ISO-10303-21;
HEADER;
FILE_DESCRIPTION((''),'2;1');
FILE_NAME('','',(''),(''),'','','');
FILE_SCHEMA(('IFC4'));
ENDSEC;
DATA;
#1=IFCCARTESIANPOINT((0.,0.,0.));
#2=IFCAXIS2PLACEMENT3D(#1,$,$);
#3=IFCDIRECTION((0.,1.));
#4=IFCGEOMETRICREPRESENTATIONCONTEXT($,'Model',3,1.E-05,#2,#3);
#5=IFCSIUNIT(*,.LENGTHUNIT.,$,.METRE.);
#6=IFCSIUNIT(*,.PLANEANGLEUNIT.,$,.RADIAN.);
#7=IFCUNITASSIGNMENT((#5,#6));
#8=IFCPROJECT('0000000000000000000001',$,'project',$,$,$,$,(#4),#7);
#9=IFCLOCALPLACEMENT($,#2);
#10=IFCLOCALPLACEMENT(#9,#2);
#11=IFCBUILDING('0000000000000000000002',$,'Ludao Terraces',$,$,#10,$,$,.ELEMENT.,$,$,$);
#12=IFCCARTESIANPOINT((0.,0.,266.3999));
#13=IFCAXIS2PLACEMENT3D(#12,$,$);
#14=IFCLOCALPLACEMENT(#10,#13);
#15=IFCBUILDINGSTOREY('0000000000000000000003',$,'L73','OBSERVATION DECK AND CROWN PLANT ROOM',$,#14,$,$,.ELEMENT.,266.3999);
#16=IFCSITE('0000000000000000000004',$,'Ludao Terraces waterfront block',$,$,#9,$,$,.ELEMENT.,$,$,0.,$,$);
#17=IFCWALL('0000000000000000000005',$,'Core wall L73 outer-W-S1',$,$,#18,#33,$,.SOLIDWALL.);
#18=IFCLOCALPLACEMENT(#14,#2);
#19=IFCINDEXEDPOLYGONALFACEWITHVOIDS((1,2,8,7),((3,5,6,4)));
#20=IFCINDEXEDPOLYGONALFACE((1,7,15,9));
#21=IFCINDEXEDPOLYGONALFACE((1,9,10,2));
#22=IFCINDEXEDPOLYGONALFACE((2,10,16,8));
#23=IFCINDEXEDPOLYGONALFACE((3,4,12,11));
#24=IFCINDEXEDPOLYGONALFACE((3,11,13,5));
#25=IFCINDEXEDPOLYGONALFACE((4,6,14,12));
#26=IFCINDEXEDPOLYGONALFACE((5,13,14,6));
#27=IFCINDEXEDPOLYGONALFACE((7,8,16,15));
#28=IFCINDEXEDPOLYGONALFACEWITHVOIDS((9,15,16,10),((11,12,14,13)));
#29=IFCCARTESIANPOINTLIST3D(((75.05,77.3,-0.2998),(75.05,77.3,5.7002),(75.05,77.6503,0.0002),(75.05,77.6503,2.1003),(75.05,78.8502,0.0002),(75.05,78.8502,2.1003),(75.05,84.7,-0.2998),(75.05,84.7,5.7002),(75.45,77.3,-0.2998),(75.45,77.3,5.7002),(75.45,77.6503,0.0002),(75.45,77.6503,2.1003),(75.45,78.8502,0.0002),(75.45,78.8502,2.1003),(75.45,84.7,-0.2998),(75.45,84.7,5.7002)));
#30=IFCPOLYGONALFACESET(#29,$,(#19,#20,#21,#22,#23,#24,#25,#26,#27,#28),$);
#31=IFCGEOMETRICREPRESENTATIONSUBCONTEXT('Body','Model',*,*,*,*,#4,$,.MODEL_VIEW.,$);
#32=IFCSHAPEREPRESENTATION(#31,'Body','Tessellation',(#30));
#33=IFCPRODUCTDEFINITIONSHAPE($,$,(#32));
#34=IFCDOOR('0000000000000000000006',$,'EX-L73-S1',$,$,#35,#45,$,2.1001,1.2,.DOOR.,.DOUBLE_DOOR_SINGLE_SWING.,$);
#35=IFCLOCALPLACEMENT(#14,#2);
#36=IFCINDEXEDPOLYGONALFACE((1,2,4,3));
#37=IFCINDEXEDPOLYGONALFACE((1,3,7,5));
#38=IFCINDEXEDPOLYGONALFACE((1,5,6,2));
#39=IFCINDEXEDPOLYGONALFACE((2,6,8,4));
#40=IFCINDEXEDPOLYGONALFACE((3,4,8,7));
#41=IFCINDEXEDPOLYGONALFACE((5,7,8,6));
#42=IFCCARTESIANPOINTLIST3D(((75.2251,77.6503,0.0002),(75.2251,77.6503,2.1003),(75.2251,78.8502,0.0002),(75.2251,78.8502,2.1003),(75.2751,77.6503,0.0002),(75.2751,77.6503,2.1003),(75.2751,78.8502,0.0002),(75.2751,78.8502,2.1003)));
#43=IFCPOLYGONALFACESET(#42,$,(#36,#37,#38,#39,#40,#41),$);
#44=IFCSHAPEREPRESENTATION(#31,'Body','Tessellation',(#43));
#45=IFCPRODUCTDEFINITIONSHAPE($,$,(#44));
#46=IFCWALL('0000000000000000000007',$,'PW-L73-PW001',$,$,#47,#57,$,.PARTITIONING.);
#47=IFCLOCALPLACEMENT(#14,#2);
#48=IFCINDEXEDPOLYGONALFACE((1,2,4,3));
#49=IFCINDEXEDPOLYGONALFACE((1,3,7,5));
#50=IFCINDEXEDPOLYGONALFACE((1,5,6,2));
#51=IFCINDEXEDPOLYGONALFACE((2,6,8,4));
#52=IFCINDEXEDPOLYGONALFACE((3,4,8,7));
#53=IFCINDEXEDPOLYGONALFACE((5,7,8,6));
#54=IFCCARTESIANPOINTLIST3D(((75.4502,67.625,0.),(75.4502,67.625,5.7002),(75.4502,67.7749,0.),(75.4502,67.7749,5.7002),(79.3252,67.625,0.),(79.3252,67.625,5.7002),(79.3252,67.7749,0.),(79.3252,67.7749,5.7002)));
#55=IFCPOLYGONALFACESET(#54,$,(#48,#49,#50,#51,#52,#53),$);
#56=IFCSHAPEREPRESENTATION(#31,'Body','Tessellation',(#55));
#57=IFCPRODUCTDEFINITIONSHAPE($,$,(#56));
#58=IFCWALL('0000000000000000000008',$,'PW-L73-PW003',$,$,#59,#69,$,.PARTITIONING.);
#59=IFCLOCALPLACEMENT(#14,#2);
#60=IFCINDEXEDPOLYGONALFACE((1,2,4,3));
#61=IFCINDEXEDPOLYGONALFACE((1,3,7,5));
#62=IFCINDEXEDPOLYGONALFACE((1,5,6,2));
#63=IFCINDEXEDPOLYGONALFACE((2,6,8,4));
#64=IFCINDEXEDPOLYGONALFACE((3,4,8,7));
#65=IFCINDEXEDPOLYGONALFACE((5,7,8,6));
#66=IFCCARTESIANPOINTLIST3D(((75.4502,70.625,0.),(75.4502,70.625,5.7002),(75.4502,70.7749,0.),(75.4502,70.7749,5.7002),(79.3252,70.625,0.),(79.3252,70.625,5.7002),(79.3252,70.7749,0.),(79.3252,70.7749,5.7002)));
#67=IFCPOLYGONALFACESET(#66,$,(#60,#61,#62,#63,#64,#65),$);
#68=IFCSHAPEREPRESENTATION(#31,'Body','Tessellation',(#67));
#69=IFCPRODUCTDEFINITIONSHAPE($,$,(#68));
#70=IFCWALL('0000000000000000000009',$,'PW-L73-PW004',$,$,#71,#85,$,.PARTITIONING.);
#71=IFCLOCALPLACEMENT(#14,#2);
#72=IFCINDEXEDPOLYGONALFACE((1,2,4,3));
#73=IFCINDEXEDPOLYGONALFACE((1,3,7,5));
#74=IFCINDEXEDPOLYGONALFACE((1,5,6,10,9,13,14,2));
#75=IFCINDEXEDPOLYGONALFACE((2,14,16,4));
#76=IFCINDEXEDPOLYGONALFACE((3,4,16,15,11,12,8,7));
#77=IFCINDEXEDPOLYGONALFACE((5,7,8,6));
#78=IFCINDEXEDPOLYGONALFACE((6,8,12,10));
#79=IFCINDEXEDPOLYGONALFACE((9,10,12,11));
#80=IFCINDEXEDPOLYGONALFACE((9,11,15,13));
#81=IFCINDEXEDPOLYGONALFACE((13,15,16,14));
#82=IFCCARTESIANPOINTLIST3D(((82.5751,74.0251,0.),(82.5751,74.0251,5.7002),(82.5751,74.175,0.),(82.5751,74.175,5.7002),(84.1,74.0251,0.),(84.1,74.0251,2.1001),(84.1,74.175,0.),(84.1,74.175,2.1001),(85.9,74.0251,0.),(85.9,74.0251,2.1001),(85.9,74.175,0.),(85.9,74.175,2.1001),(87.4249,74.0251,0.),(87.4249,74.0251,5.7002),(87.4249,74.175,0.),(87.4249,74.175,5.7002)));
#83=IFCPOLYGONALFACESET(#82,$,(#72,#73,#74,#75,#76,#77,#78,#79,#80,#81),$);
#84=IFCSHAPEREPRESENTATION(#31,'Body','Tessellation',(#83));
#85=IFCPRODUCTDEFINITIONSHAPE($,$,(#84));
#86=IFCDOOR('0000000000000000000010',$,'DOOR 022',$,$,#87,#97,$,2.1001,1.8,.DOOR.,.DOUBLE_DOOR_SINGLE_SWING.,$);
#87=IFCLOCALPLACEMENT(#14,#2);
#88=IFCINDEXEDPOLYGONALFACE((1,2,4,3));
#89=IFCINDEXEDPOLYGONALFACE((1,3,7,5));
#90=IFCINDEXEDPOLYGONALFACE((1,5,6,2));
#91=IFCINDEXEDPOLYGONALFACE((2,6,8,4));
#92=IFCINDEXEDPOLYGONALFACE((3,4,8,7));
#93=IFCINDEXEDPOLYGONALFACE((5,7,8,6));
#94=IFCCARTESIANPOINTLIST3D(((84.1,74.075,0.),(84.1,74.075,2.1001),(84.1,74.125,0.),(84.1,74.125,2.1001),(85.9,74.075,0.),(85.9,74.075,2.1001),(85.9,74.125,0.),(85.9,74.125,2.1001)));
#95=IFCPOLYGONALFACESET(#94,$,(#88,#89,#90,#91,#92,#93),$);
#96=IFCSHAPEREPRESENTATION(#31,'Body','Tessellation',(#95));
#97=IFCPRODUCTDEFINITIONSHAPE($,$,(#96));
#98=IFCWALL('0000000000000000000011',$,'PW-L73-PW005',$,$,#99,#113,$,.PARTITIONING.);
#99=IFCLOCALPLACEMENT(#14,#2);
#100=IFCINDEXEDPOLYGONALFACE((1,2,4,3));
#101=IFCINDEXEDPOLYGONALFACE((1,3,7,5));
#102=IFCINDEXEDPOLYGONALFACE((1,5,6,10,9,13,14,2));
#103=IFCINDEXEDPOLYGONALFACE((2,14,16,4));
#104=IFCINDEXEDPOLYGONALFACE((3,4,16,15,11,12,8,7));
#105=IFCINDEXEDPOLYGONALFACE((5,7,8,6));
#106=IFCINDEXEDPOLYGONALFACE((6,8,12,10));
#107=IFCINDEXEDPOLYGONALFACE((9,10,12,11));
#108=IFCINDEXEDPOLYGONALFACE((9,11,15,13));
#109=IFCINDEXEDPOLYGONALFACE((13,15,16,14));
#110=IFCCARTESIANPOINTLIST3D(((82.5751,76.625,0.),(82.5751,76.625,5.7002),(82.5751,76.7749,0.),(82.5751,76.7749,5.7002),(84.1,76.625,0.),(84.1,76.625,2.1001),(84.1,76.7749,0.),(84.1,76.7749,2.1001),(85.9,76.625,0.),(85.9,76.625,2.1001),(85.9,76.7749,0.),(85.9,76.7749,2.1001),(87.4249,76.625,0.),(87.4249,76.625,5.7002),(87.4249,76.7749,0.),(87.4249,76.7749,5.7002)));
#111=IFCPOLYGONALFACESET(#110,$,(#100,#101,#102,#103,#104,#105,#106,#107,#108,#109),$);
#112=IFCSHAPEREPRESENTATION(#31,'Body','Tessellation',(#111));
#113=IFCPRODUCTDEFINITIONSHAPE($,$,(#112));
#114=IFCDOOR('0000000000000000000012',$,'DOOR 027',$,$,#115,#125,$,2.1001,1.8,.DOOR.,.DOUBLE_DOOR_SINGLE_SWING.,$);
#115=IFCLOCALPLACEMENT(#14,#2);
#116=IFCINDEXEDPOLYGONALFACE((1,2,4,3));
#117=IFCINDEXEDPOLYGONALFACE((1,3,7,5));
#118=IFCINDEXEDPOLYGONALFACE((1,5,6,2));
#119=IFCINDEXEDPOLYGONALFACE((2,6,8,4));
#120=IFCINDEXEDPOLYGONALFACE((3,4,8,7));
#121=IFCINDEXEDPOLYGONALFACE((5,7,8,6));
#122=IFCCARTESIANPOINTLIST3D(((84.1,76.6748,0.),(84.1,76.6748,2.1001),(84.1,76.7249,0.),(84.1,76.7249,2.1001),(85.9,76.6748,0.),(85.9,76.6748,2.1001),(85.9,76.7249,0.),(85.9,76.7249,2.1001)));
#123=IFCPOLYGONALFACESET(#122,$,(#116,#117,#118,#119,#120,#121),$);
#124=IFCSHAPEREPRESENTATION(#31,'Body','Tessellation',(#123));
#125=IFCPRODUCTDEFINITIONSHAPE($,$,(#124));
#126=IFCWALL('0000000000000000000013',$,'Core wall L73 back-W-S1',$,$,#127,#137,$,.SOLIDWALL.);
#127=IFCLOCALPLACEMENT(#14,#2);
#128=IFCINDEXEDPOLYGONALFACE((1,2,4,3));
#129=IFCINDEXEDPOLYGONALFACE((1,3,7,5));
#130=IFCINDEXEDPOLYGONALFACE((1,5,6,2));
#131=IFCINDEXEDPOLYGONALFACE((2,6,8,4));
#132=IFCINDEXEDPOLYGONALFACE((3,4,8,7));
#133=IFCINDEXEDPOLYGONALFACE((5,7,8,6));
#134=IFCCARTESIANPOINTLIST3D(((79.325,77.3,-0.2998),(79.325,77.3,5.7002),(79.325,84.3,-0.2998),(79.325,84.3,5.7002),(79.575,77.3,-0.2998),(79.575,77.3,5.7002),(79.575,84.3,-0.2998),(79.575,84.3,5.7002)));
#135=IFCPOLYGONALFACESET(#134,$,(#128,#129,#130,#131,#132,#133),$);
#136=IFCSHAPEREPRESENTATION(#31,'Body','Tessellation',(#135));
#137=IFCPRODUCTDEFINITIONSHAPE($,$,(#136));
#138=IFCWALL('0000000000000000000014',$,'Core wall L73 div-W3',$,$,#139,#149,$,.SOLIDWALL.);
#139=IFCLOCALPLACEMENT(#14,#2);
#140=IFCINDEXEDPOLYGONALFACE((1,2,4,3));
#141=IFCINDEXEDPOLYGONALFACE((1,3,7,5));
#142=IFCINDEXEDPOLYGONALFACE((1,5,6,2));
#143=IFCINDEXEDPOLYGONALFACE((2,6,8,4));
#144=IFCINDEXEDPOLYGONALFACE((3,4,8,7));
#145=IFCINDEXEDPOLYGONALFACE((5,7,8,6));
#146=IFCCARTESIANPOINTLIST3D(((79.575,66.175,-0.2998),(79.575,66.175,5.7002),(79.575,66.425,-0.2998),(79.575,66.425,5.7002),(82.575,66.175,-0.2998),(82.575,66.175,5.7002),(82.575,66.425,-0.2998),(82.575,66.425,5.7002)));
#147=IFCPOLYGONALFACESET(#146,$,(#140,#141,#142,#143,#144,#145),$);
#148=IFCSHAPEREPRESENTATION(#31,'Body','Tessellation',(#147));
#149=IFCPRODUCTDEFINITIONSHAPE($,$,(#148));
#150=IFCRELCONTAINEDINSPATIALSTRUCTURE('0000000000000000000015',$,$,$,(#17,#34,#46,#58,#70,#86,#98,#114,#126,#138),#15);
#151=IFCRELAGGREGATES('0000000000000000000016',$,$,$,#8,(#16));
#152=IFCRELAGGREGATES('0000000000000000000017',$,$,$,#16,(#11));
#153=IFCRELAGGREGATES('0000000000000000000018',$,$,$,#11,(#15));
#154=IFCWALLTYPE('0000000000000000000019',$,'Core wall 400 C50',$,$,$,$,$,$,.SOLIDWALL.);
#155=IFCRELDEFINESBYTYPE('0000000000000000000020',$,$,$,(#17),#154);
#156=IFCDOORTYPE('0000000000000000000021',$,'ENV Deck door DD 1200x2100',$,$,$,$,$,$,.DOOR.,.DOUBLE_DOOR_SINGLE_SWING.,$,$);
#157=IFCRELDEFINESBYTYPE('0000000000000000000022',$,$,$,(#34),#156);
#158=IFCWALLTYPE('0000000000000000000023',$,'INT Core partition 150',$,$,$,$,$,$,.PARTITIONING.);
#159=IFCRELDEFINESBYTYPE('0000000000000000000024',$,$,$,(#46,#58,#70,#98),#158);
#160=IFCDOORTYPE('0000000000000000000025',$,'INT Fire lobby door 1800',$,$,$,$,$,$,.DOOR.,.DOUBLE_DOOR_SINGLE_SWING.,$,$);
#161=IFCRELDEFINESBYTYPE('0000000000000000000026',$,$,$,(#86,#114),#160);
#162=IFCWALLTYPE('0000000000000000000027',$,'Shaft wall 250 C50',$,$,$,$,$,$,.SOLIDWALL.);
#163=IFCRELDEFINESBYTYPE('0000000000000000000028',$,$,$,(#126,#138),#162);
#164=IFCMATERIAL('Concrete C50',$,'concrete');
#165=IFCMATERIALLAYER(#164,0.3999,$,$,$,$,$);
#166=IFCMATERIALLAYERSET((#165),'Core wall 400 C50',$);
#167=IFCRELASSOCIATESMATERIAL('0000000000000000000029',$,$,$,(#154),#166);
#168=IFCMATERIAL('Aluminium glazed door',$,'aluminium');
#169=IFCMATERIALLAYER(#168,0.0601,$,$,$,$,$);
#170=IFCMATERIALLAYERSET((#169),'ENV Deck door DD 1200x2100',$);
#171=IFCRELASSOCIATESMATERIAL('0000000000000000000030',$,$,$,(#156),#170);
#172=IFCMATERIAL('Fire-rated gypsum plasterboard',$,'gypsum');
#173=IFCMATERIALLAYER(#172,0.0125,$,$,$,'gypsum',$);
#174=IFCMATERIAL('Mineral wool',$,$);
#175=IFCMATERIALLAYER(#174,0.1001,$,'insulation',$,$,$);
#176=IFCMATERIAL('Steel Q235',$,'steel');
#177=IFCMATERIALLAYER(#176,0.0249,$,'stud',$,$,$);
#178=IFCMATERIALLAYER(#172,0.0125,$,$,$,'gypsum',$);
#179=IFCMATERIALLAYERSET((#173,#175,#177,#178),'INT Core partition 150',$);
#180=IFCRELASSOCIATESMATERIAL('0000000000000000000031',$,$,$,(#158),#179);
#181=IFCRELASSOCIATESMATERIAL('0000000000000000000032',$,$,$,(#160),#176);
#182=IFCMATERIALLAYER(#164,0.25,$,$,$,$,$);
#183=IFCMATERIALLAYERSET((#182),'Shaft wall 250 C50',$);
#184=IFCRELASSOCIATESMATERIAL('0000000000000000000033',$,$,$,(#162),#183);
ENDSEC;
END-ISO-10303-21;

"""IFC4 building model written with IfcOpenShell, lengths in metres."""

from ifc_helpers import new_model, si_unit, direction, frame, frame_2d, origin, place, context, subcontext, project, spatial, rectangle, extrude, material, layer, layer_set, type_object, element, fill, save


model = new_model("IFC4")

# Units and contexts
model_context = context("Model", 3, precision=1e-05, world=origin(), true_north=direction((0.0, 1.0)))
body_context = subcontext(model_context, "Body", "Model", "MODEL_VIEW")
ifc_project = project(units=[si_unit("LENGTHUNIT", "METRE"), si_unit("PLANEANGLEUNIT", "RADIAN")], contexts=[model_context])

# Site, building, storey
site_placement = place(None, origin())
site = spatial("IfcSite", under=ifc_project, at=site_placement, Name="Ludao Terraces waterfront block", CompositionType="ELEMENT", RefElevation=0.0)
building_placement = place(site_placement, origin())
building = spatial("IfcBuilding", under=site, at=building_placement, Name="Ludao Terraces", CompositionType="ELEMENT")
storey_placement = place(building_placement, frame((0.0, 0.0, 266.3999)))
storey = spatial("IfcBuildingStorey", under=building, at=storey_placement, Name="L73", Description="OBSERVATION DECK AND CROWN PLANT ROOM", CompositionType="ELEMENT", Elevation=266.3999)

# Wall, opening, door
ifc_material_1 = material(Name="Concrete C50", Category="concrete")
ifc_layer_1 = layer(ifc_material_1, 0.3999)
ifc_layer_set_1 = layer_set([ifc_layer_1], Name="Core wall 400 C50")
wall_type_1 = type_object("IfcWallType", Name="Core wall 400 C50", PredefinedType="SOLIDWALL", material=ifc_layer_set_1)
wall_1_placement = place(storey_placement, frame((75.25, 77.3, -0.2998), z_axis=(0.0, 0.0, 1.0), x_axis=(0.0, 1.0, 0.0)))
wall_1 = element("IfcWall", 1, at=wall_1_placement, inside=storey, type_object=wall_type_1, Name="Core wall L73 outer-W-S1", PredefinedType="SOLIDWALL", context=body_context, shape_type="SweptSolid", body=[
    extrude(rectangle(XDim=7.3999, YDim=0.3999, at=frame_2d((3.7, 0.0))), origin(), (0.0, 0.0, 1.0), 6.0),
])
opening_1_placement = place(wall_1_placement, frame((0.3501, 0.0, 0.3)))
opening_1 = element("IfcOpeningElement", 2, at=opening_1_placement, cuts=wall_1, PredefinedType="OPENING", context=body_context, shape_type="SweptSolid", body=[
    extrude(rectangle(XDim=1.2, YDim=2.1001, at=frame_2d((0.6001, 1.05))), frame((0.0, 0.21, 0.0), z_axis=(0.0, -1.0, 0.0), x_axis=(1.0, 0.0, 0.0)), (0.0, 0.0, 1.0), 0.4199),
])
ifc_material_2 = material(Name="Aluminium glazed door", Category="aluminium")
ifc_layer_2 = layer(ifc_material_2, 0.0601)
ifc_layer_set_2 = layer_set([ifc_layer_2], Name="ENV Deck door DD 1200x2100")
door_type_1 = type_object("IfcDoorType", Name="ENV Deck door DD 1200x2100", OperationType="DOUBLE_DOOR_SINGLE_SWING", PredefinedType="DOOR", material=ifc_layer_set_2)
door_1_placement = place(opening_1_placement, origin())
door_1 = element("IfcDoor", 3, at=door_1_placement, inside=storey, type_object=door_type_1, Name="EX-L73-S1", OperationType="DOUBLE_DOOR_SINGLE_SWING", OverallHeight=2.1001, OverallWidth=1.2, PredefinedType="DOOR", context=body_context, shape_type="SweptSolid", body=[
    extrude(rectangle(XDim=1.2, YDim=2.1001, at=frame_2d((0.6001, 1.05))), frame((0.0, 0.0249, 0.0), z_axis=(0.0, -1.0, 0.0), x_axis=(1.0, 0.0, 0.0)), (0.0, 0.0, 1.0), 0.05),
])
fill(opening_1, door_1)

# Walls
ifc_material_3 = material(Name="Fire-rated gypsum plasterboard", Category="gypsum")
ifc_layer_3 = layer(ifc_material_3, 0.0125, Category="gypsum")
ifc_material_4 = material(Name="Mineral wool")
ifc_layer_4 = layer(ifc_material_4, 0.1001, Name="insulation")
ifc_material_5 = material(Name="Steel Q235", Category="steel")
ifc_layer_5 = layer(ifc_material_5, 0.0249, Name="stud")
ifc_layer_6 = layer(ifc_material_3, 0.0125, Category="gypsum")
ifc_layer_set_3 = layer_set([ifc_layer_3, ifc_layer_4, ifc_layer_5, ifc_layer_6], Name="INT Core partition 150")
wall_type_2 = type_object("IfcWallType", Name="INT Core partition 150", PredefinedType="PARTITIONING", material=ifc_layer_set_3)
for number, where, z_axis, x_axis, name in (
    (4, (75.4502, 67.7, 0.0), (0.0, 0.0, 1.0), (1.0, 0.0, 0.0), "PW-L73-PW001"),
    (5, (75.4502, 70.7, 0.0), (0.0, 0.0, 1.0), (1.0, 0.0, 0.0), "PW-L73-PW003"),
):
    element("IfcWall", number, at=place(storey_placement, frame(where, z_axis=z_axis, x_axis=x_axis)), inside=storey, type_object=wall_type_2, Name=name, PredefinedType="PARTITIONING", context=body_context, shape_type="SweptSolid", body=[
        extrude(rectangle(XDim=3.875, YDim=0.1499, at=frame_2d((1.9375, 0.0))), origin(), (0.0, 0.0, 1.0), 5.7002),
    ])

# Walls, openings, doors
wall_2_placement = place(storey_placement, frame((82.5752, 74.1001, 0.0), z_axis=(0.0, 0.0, 1.0), x_axis=(1.0, 0.0, 0.0)))
wall_2 = element("IfcWall", 6, at=wall_2_placement, inside=storey, type_object=wall_type_2, Name="PW-L73-PW004", PredefinedType="PARTITIONING", context=body_context, shape_type="SweptSolid", body=[
    extrude(rectangle(XDim=4.8499, YDim=0.1499, at=frame_2d((2.4248, 0.0))), origin(), (0.0, 0.0, 1.0), 5.7002),
])
opening_2_placement = place(wall_2_placement, frame((1.5249, 0.0, 0.0)))
opening_2 = element("IfcOpeningElement", 7, at=opening_2_placement, cuts=wall_2, PredefinedType="OPENING", context=body_context, shape_type="SweptSolid", body=[
    extrude(rectangle(XDim=1.8, YDim=2.1001, at=frame_2d((0.8999, 1.05))), frame((0.0, 0.085, 0.0), z_axis=(0.0, -1.0, 0.0), x_axis=(1.0, 0.0, 0.0)), (0.0, 0.0, 1.0), 0.1699),
])
door_type_2 = type_object("IfcDoorType", Name="INT Fire lobby door 1800", OperationType="DOUBLE_DOOR_SINGLE_SWING", PredefinedType="DOOR", material=ifc_material_5)
door_2_placement = place(opening_2_placement, origin())
door_2 = element("IfcDoor", 8, at=door_2_placement, inside=storey, type_object=door_type_2, Name="DOOR 022", OperationType="DOUBLE_DOOR_SINGLE_SWING", OverallHeight=2.1001, OverallWidth=1.8, PredefinedType="DOOR", context=body_context, shape_type="SweptSolid", body=[
    extrude(rectangle(XDim=1.8, YDim=2.1001, at=frame_2d((0.8999, 1.05))), frame((0.0, 0.0249, 0.0), z_axis=(0.0, -1.0, 0.0), x_axis=(1.0, 0.0, 0.0)), (0.0, 0.0, 1.0), 0.05),
])
fill(opening_2, door_2)
wall_3_placement = place(storey_placement, frame((82.5752, 76.7, 0.0), z_axis=(0.0, 0.0, 1.0), x_axis=(1.0, 0.0, 0.0)))
wall_3 = element("IfcWall", 9, at=wall_3_placement, inside=storey, type_object=wall_type_2, Name="PW-L73-PW005", PredefinedType="PARTITIONING", context=body_context, shape_type="SweptSolid", body=[
    extrude(rectangle(XDim=4.8499, YDim=0.1499, at=frame_2d((2.4248, 0.0))), origin(), (0.0, 0.0, 1.0), 5.7002),
])
opening_3_placement = place(wall_3_placement, frame((1.5249, 0.0, 0.0)))
opening_3 = element("IfcOpeningElement", 10, at=opening_3_placement, cuts=wall_3, PredefinedType="OPENING", context=body_context, shape_type="SweptSolid", body=[
    extrude(rectangle(XDim=1.8, YDim=2.1001, at=frame_2d((0.8999, 1.05))), frame((0.0, 0.085, 0.0), z_axis=(0.0, -1.0, 0.0), x_axis=(1.0, 0.0, 0.0)), (0.0, 0.0, 1.0), 0.1699),
])
door_3_placement = place(opening_3_placement, origin())
door_3 = element("IfcDoor", 11, at=door_3_placement, inside=storey, type_object=door_type_2, Name="DOOR 027", OperationType="DOUBLE_DOOR_SINGLE_SWING", OverallHeight=2.1001, OverallWidth=1.8, PredefinedType="DOOR", context=body_context, shape_type="SweptSolid", body=[
    extrude(rectangle(XDim=1.8, YDim=2.1001, at=frame_2d((0.8999, 1.05))), frame((0.0, 0.0249, 0.0), z_axis=(0.0, -1.0, 0.0), x_axis=(1.0, 0.0, 0.0)), (0.0, 0.0, 1.0), 0.05),
])
fill(opening_3, door_3)

# Walls
ifc_layer_7 = layer(ifc_material_1, 0.25)
ifc_layer_set_4 = layer_set([ifc_layer_7], Name="Shaft wall 250 C50")
wall_type_3 = type_object("IfcWallType", Name="Shaft wall 250 C50", PredefinedType="SOLIDWALL", material=ifc_layer_set_4)
wall_4_placement = place(storey_placement, frame((79.45, 77.3, -0.2998), z_axis=(0.0, 0.0, 1.0), x_axis=(0.0, 1.0, 0.0)))
element("IfcWall", 12, at=wall_4_placement, inside=storey, type_object=wall_type_3, Name="Core wall L73 back-W-S1", PredefinedType="SOLIDWALL", context=body_context, shape_type="SweptSolid", body=[
    extrude(rectangle(XDim=7.0, YDim=0.25, at=frame_2d((3.5, 0.0))), origin(), (0.0, 0.0, 1.0), 6.0),
])
wall_5_placement = place(storey_placement, frame((79.575, 66.3, -0.2998), z_axis=(0.0, 0.0, 1.0), x_axis=(1.0, 0.0, 0.0)))
element("IfcWall", 13, at=wall_5_placement, inside=storey, type_object=wall_type_3, Name="Core wall L73 div-W3", PredefinedType="SOLIDWALL", context=body_context, shape_type="SweptSolid", body=[
    extrude(rectangle(XDim=3.0, YDim=0.25, at=frame_2d((1.5, 0.0))), origin(), (0.0, 0.0, 1.0), 6.0),
])

save(model, "model.ifc")
